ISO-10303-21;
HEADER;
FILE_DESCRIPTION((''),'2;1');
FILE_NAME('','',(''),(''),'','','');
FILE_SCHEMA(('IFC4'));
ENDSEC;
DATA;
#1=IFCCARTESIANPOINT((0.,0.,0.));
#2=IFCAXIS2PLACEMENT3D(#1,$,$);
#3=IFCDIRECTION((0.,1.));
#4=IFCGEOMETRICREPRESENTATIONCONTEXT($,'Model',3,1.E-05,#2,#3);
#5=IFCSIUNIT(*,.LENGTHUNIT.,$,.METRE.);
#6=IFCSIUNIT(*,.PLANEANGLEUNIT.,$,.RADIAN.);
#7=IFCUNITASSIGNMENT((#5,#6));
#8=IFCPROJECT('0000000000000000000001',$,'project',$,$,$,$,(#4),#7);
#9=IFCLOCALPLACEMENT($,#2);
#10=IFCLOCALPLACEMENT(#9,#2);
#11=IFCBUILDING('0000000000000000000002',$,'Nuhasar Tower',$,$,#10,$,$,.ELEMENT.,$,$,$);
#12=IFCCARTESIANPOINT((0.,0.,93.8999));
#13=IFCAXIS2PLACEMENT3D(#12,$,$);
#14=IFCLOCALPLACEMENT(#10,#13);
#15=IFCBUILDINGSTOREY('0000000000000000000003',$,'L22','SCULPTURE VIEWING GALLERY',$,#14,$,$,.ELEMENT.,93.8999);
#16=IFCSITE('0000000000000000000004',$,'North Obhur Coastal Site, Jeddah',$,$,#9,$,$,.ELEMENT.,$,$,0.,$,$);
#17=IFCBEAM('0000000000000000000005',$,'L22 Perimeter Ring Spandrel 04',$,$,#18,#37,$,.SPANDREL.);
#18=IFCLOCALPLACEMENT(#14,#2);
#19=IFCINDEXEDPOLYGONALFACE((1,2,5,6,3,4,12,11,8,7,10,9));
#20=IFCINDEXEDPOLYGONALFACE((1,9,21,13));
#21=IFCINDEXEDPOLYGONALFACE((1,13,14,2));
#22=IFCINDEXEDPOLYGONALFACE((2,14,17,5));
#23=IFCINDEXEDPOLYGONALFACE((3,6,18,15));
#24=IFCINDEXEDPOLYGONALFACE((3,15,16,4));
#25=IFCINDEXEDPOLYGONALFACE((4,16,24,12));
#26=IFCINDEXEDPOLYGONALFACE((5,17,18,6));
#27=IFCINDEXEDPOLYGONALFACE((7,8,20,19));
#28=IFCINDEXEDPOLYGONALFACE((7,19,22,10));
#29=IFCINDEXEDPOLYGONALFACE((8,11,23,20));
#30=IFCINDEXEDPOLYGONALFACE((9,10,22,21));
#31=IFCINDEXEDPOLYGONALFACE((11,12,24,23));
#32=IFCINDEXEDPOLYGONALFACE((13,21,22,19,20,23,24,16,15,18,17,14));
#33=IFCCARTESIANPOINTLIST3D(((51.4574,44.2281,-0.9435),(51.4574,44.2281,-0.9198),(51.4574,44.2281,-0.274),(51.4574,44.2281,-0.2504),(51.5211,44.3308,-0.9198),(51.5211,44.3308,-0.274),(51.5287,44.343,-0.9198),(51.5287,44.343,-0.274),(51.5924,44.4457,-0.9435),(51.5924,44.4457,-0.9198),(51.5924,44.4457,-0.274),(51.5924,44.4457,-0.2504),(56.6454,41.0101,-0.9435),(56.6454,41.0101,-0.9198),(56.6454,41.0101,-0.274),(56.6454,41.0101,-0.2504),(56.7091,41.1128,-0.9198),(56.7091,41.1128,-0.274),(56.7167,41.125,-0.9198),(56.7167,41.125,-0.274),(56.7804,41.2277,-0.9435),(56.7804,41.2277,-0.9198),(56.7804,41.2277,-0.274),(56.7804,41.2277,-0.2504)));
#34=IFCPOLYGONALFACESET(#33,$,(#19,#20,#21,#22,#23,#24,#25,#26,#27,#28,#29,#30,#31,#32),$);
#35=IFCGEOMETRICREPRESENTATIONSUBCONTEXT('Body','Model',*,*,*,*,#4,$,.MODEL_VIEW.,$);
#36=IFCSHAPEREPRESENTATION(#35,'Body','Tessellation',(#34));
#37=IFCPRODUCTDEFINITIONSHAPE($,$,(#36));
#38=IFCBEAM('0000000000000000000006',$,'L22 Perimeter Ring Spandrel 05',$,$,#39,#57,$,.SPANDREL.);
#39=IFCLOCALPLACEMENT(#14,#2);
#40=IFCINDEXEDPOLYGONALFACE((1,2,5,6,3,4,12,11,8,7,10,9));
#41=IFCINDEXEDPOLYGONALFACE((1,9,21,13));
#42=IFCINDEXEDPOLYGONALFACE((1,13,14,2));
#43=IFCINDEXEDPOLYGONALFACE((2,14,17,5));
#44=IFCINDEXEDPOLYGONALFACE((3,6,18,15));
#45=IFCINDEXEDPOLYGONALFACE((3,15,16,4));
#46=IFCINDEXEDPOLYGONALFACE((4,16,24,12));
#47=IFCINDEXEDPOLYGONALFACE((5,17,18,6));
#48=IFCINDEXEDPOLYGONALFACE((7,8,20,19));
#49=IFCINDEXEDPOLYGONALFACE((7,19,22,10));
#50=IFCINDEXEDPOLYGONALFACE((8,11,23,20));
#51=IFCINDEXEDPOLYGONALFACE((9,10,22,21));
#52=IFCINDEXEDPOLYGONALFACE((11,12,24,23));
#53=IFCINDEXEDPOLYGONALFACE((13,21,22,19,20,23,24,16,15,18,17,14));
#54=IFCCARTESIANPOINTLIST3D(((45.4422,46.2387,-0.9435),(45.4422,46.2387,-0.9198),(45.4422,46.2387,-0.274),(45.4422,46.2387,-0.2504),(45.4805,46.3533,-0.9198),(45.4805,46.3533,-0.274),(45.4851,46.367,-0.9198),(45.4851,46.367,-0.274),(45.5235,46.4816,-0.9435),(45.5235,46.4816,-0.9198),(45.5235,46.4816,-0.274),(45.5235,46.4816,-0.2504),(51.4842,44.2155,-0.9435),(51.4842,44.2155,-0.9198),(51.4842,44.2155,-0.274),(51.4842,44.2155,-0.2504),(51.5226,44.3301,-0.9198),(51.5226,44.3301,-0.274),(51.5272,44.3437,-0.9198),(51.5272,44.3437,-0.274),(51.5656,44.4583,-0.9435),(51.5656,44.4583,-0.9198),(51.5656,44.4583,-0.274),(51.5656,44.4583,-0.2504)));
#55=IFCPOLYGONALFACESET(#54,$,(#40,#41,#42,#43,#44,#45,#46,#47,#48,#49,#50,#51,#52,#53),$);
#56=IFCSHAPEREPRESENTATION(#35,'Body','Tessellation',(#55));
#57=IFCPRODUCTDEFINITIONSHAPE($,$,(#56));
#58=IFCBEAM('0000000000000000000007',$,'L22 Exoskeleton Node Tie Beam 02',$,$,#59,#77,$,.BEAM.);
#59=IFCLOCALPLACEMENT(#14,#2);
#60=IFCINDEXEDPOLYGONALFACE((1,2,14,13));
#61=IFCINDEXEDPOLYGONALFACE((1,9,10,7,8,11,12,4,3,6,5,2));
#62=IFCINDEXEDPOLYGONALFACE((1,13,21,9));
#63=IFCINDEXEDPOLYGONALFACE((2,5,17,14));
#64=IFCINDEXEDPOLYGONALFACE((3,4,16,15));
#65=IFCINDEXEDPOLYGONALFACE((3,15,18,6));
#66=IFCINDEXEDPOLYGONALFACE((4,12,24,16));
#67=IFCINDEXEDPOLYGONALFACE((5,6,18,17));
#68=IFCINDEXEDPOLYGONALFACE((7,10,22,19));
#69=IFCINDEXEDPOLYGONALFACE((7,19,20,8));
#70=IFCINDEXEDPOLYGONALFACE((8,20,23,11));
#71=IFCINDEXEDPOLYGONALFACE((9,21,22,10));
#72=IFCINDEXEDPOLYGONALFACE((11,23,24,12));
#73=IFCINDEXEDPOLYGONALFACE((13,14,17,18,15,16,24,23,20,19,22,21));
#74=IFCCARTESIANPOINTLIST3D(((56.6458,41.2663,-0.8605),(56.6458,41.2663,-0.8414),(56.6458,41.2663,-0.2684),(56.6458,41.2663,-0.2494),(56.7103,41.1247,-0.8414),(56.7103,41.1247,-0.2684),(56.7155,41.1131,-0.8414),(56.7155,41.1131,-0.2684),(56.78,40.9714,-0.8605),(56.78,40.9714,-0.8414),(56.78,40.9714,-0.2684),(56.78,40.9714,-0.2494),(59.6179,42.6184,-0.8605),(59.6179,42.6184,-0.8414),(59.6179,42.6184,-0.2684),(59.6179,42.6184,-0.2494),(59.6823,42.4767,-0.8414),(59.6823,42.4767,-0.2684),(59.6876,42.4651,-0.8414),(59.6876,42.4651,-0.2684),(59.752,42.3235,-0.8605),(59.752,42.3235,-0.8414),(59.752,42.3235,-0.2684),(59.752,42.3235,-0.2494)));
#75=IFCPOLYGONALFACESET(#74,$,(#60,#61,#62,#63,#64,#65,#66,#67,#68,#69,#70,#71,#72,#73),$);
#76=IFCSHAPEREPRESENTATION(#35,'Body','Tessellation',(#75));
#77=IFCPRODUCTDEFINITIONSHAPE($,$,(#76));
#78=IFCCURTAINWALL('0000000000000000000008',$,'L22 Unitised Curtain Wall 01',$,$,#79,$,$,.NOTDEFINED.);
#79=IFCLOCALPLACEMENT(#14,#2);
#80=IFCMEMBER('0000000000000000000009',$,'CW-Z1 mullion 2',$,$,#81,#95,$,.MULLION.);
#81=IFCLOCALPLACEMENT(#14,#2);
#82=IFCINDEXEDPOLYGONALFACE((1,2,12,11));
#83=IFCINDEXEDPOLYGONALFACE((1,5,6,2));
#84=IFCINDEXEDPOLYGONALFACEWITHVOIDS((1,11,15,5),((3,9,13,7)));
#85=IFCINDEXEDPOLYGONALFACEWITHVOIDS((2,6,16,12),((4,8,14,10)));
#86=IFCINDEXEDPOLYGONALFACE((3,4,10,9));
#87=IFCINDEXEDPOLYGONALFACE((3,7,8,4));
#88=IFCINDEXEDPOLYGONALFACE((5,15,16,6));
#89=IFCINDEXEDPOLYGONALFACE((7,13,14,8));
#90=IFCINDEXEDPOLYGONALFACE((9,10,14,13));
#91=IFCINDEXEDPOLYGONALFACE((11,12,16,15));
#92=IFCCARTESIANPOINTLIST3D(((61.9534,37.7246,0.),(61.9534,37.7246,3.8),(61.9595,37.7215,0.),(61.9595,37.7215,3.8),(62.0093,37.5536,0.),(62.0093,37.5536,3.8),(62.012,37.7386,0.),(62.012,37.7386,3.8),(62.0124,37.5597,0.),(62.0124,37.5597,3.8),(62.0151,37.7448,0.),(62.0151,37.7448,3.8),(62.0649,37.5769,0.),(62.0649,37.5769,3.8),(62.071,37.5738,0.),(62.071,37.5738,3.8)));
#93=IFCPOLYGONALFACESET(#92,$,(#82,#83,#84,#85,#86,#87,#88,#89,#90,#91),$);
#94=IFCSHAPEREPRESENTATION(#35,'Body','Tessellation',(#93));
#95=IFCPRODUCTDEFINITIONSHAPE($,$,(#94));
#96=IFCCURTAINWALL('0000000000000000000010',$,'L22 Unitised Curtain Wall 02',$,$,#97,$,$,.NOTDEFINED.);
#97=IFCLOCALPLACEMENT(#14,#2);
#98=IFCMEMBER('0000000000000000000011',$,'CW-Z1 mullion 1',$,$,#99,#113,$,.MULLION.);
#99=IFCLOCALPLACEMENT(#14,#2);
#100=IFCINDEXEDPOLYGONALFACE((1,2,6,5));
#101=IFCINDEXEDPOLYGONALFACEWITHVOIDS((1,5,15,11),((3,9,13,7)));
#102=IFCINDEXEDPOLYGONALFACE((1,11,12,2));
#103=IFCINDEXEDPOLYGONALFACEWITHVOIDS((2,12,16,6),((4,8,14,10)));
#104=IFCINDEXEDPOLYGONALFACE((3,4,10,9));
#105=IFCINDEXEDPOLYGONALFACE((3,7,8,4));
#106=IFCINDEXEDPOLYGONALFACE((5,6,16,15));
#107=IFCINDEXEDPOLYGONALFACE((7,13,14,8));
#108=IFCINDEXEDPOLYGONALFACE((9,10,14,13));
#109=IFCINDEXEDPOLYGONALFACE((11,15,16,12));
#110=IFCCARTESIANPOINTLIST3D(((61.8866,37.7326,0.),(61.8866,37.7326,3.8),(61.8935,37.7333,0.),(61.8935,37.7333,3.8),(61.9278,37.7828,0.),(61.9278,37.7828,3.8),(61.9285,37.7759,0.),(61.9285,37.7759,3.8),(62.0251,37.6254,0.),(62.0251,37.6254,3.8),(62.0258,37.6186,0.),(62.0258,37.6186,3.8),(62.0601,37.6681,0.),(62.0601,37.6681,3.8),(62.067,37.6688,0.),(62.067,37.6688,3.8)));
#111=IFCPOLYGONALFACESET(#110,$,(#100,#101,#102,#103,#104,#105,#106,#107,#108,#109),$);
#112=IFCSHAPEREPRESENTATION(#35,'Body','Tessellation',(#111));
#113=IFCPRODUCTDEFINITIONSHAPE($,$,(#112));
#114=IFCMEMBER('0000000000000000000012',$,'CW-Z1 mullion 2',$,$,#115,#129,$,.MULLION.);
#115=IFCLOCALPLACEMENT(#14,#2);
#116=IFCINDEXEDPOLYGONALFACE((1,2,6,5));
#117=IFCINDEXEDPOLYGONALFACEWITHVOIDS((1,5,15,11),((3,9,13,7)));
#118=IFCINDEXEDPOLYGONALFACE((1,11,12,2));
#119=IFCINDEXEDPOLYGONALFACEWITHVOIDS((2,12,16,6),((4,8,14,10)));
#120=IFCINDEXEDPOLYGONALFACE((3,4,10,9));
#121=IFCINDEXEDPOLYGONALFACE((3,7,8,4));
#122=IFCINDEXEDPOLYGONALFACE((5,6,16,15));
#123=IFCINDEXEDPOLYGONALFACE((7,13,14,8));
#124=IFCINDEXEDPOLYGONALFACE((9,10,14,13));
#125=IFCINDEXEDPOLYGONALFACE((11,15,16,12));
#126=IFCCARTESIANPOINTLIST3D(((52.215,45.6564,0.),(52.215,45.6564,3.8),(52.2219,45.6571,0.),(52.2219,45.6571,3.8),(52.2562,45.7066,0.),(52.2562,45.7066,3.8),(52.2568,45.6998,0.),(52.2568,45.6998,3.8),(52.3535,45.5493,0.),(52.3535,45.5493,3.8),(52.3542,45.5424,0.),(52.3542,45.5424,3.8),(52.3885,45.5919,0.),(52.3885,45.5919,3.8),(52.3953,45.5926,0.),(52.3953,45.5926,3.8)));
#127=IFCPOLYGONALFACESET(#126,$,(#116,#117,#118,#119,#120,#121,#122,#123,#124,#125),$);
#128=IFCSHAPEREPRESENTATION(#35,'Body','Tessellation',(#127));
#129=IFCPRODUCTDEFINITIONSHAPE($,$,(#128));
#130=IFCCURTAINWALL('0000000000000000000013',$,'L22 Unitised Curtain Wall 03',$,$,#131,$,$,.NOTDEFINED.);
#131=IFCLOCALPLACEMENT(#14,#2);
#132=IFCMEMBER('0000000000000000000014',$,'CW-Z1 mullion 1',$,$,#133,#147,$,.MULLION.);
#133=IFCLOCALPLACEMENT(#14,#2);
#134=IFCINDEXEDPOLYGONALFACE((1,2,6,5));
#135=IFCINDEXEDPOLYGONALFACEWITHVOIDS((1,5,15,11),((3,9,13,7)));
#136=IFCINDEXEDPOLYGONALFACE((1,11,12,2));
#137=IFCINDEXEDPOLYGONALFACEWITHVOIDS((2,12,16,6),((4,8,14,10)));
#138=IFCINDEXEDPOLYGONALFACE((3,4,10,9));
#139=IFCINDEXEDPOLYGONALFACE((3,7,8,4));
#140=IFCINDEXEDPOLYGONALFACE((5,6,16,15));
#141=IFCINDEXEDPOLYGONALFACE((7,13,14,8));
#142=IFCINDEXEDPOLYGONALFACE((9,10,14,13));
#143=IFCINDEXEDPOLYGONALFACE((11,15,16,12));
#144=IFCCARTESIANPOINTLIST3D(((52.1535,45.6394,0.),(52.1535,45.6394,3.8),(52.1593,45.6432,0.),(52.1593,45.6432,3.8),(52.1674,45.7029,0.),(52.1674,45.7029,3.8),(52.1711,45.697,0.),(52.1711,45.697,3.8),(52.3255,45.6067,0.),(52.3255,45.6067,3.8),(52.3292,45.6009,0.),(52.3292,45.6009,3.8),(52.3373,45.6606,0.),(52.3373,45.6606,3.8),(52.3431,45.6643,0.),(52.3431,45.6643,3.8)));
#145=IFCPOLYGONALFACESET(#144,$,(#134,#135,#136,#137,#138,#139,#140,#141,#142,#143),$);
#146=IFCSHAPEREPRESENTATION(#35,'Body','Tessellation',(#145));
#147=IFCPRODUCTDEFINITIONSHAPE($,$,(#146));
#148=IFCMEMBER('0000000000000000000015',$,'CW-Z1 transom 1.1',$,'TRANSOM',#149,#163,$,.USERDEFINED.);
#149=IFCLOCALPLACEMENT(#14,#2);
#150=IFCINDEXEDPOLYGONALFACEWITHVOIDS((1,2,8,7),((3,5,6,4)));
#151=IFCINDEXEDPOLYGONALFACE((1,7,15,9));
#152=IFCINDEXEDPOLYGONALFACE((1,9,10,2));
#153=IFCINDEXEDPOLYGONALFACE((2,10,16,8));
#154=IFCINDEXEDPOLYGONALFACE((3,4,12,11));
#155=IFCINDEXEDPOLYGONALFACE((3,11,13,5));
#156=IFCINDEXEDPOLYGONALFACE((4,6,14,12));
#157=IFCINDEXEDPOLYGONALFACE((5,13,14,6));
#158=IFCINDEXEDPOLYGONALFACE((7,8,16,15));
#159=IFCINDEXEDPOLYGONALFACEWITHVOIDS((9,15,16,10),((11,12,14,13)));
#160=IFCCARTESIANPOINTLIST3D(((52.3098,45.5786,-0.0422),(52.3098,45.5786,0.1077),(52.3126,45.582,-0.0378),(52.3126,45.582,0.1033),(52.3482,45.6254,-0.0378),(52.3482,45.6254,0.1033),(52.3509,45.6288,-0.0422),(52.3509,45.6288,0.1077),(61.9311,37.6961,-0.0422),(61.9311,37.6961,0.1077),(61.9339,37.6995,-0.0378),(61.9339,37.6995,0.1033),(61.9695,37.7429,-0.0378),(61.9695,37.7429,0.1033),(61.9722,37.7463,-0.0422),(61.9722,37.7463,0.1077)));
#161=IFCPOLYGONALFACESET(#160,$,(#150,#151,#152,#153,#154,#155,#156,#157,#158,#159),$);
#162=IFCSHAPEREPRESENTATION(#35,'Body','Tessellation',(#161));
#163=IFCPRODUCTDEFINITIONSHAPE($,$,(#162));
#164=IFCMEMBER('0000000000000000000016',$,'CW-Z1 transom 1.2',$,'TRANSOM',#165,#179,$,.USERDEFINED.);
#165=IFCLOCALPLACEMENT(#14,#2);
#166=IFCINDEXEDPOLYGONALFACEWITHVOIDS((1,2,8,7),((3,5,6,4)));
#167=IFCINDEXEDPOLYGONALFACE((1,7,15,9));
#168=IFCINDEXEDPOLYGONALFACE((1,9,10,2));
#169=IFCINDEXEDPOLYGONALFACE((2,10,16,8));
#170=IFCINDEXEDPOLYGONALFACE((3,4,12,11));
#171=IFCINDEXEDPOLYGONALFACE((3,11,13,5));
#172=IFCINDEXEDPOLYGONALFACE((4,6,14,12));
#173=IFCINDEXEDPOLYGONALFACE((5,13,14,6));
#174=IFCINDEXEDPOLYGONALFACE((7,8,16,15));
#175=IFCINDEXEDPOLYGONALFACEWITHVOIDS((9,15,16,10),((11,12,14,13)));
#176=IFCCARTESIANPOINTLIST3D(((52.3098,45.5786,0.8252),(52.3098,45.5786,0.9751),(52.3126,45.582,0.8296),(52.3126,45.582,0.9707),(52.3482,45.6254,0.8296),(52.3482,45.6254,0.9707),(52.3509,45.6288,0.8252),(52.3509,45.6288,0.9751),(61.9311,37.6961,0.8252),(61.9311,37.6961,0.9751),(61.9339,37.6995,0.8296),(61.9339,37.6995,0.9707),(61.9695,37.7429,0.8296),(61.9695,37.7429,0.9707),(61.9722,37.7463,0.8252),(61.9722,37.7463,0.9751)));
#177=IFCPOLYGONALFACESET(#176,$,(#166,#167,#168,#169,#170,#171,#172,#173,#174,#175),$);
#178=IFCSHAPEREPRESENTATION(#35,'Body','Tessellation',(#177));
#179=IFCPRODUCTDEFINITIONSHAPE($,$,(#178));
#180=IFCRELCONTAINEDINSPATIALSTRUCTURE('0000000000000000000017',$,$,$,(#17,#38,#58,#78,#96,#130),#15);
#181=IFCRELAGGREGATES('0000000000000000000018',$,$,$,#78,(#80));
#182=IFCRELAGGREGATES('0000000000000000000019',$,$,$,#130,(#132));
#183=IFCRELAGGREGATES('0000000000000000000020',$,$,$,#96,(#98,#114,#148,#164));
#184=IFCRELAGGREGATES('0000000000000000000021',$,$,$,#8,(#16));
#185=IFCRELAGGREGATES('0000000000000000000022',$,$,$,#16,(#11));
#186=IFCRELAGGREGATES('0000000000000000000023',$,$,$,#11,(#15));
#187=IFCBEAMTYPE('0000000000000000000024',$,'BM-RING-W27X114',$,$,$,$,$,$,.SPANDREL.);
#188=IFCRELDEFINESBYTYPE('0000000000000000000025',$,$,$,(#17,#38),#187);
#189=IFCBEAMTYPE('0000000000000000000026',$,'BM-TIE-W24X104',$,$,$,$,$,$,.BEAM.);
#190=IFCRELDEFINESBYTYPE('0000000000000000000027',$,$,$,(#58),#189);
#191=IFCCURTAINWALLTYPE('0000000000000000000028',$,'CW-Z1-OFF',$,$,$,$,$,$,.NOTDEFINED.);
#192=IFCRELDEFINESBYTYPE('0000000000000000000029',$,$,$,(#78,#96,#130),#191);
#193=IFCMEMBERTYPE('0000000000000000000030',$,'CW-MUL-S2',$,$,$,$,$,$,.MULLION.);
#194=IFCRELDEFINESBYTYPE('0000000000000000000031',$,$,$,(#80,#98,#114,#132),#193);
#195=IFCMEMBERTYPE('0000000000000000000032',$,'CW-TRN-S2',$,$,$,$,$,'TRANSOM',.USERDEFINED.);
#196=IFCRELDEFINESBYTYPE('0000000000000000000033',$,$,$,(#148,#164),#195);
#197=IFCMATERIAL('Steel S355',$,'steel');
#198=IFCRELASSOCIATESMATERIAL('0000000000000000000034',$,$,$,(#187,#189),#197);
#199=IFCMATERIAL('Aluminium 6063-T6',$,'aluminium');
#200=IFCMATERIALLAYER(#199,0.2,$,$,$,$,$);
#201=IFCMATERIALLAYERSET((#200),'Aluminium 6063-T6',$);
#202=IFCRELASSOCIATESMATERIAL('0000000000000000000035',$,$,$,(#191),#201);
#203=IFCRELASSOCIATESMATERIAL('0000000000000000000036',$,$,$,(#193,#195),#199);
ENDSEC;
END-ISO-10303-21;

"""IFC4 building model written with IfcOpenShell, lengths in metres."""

from ifc_helpers import new_model, si_unit, direction, frame, origin, origin_2d, place, context, subcontext, project, spatial, hollow_rectangle, i_section, extrude, material, layer, layer_set, material_profile, profile_set, type_object, element, aggregate, save


model = new_model("IFC4")

# Units and contexts
model_context = context("Model", 3, precision=1e-05, world=origin(), true_north=direction((0.0, 1.0)))
body_context = subcontext(model_context, "Body", "Model", "MODEL_VIEW")
ifc_project = project(units=[si_unit("LENGTHUNIT", "METRE"), si_unit("PLANEANGLEUNIT", "RADIAN")], contexts=[model_context])

# Site, building, storey
site_placement = place(None, origin())
site = spatial("IfcSite", under=ifc_project, at=site_placement, Name="North Obhur Coastal Site, Jeddah", CompositionType="ELEMENT", RefElevation=0.0)
building_placement = place(site_placement, origin())
building = spatial("IfcBuilding", under=site, at=building_placement, Name="Nuhasar Tower", CompositionType="ELEMENT")
storey_placement = place(building_placement, frame((0.0, 0.0, 93.8999)))
storey = spatial("IfcBuildingStorey", under=building, at=storey_placement, Name="L22", Description="SCULPTURE VIEWING GALLERY", CompositionType="ELEMENT", Elevation=93.8999)

# Beams
ifc_material_1 = material(Name="Steel S355", Category="steel")
ifc_material_profile_1 = material_profile(ifc_material_1, i_section(OverallWidth=0.2561, OverallDepth=0.6931, WebThickness=0.0144, FlangeThickness=0.0237, at=origin_2d()), Name="W27X114")
ifc_profile_set_1 = profile_set([ifc_material_profile_1], Name="Steel S355")
beam_type_1 = type_object("IfcBeamType", Name="BM-RING-W27X114", PredefinedType="SPANDREL", material=ifc_profile_set_1)
beam_1_placement = place(storey_placement, frame((56.7129, 41.1189, -0.5969), z_axis=(-0.849795, 0.527113, 0.0), x_axis=(-0.527113, -0.849795, 0.0)))
element("IfcBeam", 1, at=beam_1_placement, inside=storey, type_object=beam_type_1, Name="L22 Perimeter Ring Spandrel 04", PredefinedType="SPANDREL", context=body_context, shape_type="SweptSolid", body=[
    extrude(i_section(OverallWidth=0.2561, OverallDepth=0.6931, WebThickness=0.0144, FlangeThickness=0.0237, at=origin_2d()), origin(), (0.0, 0.0, 1.0), 6.105),
])
beam_2_placement = place(storey_placement, frame((51.5249, 44.3369, -0.5969), z_axis=(-0.948249, 0.317526, 0.0), x_axis=(-0.317526, -0.948249, 0.0)))
element("IfcBeam", 2, at=beam_2_placement, inside=storey, type_object=beam_type_1, Name="L22 Perimeter Ring Spandrel 05", PredefinedType="SPANDREL", context=body_context, shape_type="SweptSolid", body=[
    extrude(i_section(OverallWidth=0.2561, OverallDepth=0.6931, WebThickness=0.0144, FlangeThickness=0.0237, at=origin_2d()), origin(), (0.0, 0.0, 1.0), 6.3718),
])
ifc_material_profile_2 = material_profile(ifc_material_1, i_section(OverallWidth=0.324, OverallDepth=0.6111, WebThickness=0.0127, FlangeThickness=0.019, at=origin_2d()), Name="W24X104")
ifc_profile_set_2 = profile_set([ifc_material_profile_2], Name="Steel S355")
beam_type_2 = type_object("IfcBeamType", Name="BM-TIE-W24X104", PredefinedType="BEAM", material=ifc_profile_set_2)
beam_3_placement = place(storey_placement, frame((56.7129, 41.1189, -0.5549), z_axis=(0.910244, 0.414073, 0.0), x_axis=(-0.414073, 0.910244, 0.0)))
element("IfcBeam", 3, at=beam_3_placement, inside=storey, type_object=beam_type_2, Name="L22 Exoskeleton Node Tie Beam 02", PredefinedType="BEAM", context=body_context, shape_type="SweptSolid", body=[
    extrude(i_section(OverallWidth=0.324, OverallDepth=0.6111, WebThickness=0.0127, FlangeThickness=0.019, at=origin_2d()), origin(), (0.0, 0.0, 1.0), 3.2651),
])

# Curtain wall, member
ifc_material_2 = material(Name="Aluminium 6063-T6", Category="aluminium")
ifc_layer_1 = layer(ifc_material_2, 0.2)
ifc_layer_set_1 = layer_set([ifc_layer_1], Name="Aluminium 6063-T6")
curtain_wall_type = type_object("IfcCurtainWallType", Name="CW-Z1-OFF", PredefinedType="NOTDEFINED", material=ifc_layer_set_1)
curtain_wall_1_placement = place(storey_placement, origin())
curtain_wall_1 = element("IfcCurtainWall", 4, at=curtain_wall_1_placement, inside=storey, type_object=curtain_wall_type, Name="L22 Unitised Curtain Wall 01", PredefinedType="NOTDEFINED")
ifc_material_profile_3 = material_profile(ifc_material_2, hollow_rectangle(XDim=0.0649, YDim=0.1799, WallThickness=0.0049, at=origin_2d()), Name="CWM-2")
ifc_profile_set_3 = profile_set([ifc_material_profile_3], Name="Aluminium 6063-T6")
member_type_1 = type_object("IfcMemberType", Name="CW-MUL-S2", PredefinedType="MULLION", material=ifc_profile_set_3)
member_1_placement = place(storey_placement, frame((62.0122, 37.6492, 0.0), z_axis=(0.0, 0.0, 1.0), x_axis=(-0.950468, -0.310824, 0.0)))
member_1 = element("IfcMember", 5, at=member_1_placement, type_object=member_type_1, Name="CW-Z1 mullion 2", PredefinedType="MULLION", context=body_context, shape_type="SweptSolid", body=[
    extrude(hollow_rectangle(XDim=0.0649, YDim=0.1799, WallThickness=0.0049, at=origin_2d()), origin(), (0.0, 0.0, 1.0), 3.8),
])
aggregate(curtain_wall_1, [member_1])

# Curtain wall, members
curtain_wall_2_placement = place(storey_placement, origin())
curtain_wall_2 = element("IfcCurtainWall", 6, at=curtain_wall_2_placement, inside=storey, type_object=curtain_wall_type, Name="L22 Unitised Curtain Wall 02", PredefinedType="NOTDEFINED")
member_2_placement = place(storey_placement, frame((61.9768, 37.7007, 0.0), z_axis=(0.0, 0.0, 1.0), x_axis=(-0.633745, -0.773542, 0.0)))
member_2 = element("IfcMember", 7, at=member_2_placement, type_object=member_type_1, Name="CW-Z1 mullion 1", PredefinedType="MULLION", context=body_context, shape_type="SweptSolid", body=[
    extrude(hollow_rectangle(XDim=0.0649, YDim=0.1799, WallThickness=0.0049, at=origin_2d()), origin(), (0.0, 0.0, 1.0), 3.8),
])
member_3_placement = place(storey_placement, frame((52.3052, 45.6245, 0.0), z_axis=(0.0, 0.0, 1.0), x_axis=(-0.633745, -0.773542, 0.0)))
member_3 = element("IfcMember", 8, at=member_3_placement, type_object=member_type_1, Name="CW-Z1 mullion 2", PredefinedType="MULLION", context=body_context, shape_type="SweptSolid", body=[
    extrude(hollow_rectangle(XDim=0.0649, YDim=0.1799, WallThickness=0.0049, at=origin_2d()), origin(), (0.0, 0.0, 1.0), 3.8),
])

# Curtain wall, member
curtain_wall_3_placement = place(storey_placement, origin())
curtain_wall_3 = element("IfcCurtainWall", 9, at=curtain_wall_3_placement, inside=storey, type_object=curtain_wall_type, Name="L22 Unitised Curtain Wall 03", PredefinedType="NOTDEFINED")
member_4_placement = place(storey_placement, frame((52.2483, 45.6519, 0.0), z_axis=(0.0, 0.0, 1.0), x_axis=(-0.214399, -0.976746, 0.0)))
member_4 = element("IfcMember", 10, at=member_4_placement, type_object=member_type_1, Name="CW-Z1 mullion 1", PredefinedType="MULLION", context=body_context, shape_type="SweptSolid", body=[
    extrude(hollow_rectangle(XDim=0.0649, YDim=0.1799, WallThickness=0.0049, at=origin_2d()), origin(), (0.0, 0.0, 1.0), 3.8),
])

# Members
ifc_material_profile_4 = material_profile(ifc_material_2, hollow_rectangle(XDim=0.0649, YDim=0.1499, WallThickness=0.0044, at=origin_2d()), Name="CWT-2")
ifc_profile_set_4 = profile_set([ifc_material_profile_4], Name="Aluminium 6063-T6")
member_type_2 = type_object("IfcMemberType", Name="CW-TRN-S2", ElementType="TRANSOM", PredefinedType="USERDEFINED", material=ifc_profile_set_4)
member_5_placement = place(storey_placement, frame((61.9517, 37.7212, 0.0327), z_axis=(-0.773541, 0.633746, 0.0), x_axis=(-0.633746, -0.773541, 0.0)))
member_5 = element("IfcMember", 11, at=member_5_placement, type_object=member_type_2, Name="CW-Z1 transom 1.1", ObjectType="TRANSOM", PredefinedType="USERDEFINED", context=body_context, shape_type="SweptSolid", body=[
    extrude(hollow_rectangle(XDim=0.0649, YDim=0.1499, WallThickness=0.0044, at=origin_2d()), origin(), (0.0, 0.0, 1.0), 12.438),
])
member_6_placement = place(storey_placement, frame((61.9517, 37.7212, 0.9001), z_axis=(-0.773541, 0.633746, 0.0), x_axis=(-0.633746, -0.773541, 0.0)))
member_6 = element("IfcMember", 12, at=member_6_placement, type_object=member_type_2, Name="CW-Z1 transom 1.2", ObjectType="TRANSOM", PredefinedType="USERDEFINED", context=body_context, shape_type="SweptSolid", body=[
    extrude(hollow_rectangle(XDim=0.0649, YDim=0.1499, WallThickness=0.0044, at=origin_2d()), origin(), (0.0, 0.0, 1.0), 12.438),
])
aggregate(curtain_wall_3, [member_4])

aggregate(curtain_wall_2, [member_2, member_3, member_5, member_6])

save(model, "model.ifc")
